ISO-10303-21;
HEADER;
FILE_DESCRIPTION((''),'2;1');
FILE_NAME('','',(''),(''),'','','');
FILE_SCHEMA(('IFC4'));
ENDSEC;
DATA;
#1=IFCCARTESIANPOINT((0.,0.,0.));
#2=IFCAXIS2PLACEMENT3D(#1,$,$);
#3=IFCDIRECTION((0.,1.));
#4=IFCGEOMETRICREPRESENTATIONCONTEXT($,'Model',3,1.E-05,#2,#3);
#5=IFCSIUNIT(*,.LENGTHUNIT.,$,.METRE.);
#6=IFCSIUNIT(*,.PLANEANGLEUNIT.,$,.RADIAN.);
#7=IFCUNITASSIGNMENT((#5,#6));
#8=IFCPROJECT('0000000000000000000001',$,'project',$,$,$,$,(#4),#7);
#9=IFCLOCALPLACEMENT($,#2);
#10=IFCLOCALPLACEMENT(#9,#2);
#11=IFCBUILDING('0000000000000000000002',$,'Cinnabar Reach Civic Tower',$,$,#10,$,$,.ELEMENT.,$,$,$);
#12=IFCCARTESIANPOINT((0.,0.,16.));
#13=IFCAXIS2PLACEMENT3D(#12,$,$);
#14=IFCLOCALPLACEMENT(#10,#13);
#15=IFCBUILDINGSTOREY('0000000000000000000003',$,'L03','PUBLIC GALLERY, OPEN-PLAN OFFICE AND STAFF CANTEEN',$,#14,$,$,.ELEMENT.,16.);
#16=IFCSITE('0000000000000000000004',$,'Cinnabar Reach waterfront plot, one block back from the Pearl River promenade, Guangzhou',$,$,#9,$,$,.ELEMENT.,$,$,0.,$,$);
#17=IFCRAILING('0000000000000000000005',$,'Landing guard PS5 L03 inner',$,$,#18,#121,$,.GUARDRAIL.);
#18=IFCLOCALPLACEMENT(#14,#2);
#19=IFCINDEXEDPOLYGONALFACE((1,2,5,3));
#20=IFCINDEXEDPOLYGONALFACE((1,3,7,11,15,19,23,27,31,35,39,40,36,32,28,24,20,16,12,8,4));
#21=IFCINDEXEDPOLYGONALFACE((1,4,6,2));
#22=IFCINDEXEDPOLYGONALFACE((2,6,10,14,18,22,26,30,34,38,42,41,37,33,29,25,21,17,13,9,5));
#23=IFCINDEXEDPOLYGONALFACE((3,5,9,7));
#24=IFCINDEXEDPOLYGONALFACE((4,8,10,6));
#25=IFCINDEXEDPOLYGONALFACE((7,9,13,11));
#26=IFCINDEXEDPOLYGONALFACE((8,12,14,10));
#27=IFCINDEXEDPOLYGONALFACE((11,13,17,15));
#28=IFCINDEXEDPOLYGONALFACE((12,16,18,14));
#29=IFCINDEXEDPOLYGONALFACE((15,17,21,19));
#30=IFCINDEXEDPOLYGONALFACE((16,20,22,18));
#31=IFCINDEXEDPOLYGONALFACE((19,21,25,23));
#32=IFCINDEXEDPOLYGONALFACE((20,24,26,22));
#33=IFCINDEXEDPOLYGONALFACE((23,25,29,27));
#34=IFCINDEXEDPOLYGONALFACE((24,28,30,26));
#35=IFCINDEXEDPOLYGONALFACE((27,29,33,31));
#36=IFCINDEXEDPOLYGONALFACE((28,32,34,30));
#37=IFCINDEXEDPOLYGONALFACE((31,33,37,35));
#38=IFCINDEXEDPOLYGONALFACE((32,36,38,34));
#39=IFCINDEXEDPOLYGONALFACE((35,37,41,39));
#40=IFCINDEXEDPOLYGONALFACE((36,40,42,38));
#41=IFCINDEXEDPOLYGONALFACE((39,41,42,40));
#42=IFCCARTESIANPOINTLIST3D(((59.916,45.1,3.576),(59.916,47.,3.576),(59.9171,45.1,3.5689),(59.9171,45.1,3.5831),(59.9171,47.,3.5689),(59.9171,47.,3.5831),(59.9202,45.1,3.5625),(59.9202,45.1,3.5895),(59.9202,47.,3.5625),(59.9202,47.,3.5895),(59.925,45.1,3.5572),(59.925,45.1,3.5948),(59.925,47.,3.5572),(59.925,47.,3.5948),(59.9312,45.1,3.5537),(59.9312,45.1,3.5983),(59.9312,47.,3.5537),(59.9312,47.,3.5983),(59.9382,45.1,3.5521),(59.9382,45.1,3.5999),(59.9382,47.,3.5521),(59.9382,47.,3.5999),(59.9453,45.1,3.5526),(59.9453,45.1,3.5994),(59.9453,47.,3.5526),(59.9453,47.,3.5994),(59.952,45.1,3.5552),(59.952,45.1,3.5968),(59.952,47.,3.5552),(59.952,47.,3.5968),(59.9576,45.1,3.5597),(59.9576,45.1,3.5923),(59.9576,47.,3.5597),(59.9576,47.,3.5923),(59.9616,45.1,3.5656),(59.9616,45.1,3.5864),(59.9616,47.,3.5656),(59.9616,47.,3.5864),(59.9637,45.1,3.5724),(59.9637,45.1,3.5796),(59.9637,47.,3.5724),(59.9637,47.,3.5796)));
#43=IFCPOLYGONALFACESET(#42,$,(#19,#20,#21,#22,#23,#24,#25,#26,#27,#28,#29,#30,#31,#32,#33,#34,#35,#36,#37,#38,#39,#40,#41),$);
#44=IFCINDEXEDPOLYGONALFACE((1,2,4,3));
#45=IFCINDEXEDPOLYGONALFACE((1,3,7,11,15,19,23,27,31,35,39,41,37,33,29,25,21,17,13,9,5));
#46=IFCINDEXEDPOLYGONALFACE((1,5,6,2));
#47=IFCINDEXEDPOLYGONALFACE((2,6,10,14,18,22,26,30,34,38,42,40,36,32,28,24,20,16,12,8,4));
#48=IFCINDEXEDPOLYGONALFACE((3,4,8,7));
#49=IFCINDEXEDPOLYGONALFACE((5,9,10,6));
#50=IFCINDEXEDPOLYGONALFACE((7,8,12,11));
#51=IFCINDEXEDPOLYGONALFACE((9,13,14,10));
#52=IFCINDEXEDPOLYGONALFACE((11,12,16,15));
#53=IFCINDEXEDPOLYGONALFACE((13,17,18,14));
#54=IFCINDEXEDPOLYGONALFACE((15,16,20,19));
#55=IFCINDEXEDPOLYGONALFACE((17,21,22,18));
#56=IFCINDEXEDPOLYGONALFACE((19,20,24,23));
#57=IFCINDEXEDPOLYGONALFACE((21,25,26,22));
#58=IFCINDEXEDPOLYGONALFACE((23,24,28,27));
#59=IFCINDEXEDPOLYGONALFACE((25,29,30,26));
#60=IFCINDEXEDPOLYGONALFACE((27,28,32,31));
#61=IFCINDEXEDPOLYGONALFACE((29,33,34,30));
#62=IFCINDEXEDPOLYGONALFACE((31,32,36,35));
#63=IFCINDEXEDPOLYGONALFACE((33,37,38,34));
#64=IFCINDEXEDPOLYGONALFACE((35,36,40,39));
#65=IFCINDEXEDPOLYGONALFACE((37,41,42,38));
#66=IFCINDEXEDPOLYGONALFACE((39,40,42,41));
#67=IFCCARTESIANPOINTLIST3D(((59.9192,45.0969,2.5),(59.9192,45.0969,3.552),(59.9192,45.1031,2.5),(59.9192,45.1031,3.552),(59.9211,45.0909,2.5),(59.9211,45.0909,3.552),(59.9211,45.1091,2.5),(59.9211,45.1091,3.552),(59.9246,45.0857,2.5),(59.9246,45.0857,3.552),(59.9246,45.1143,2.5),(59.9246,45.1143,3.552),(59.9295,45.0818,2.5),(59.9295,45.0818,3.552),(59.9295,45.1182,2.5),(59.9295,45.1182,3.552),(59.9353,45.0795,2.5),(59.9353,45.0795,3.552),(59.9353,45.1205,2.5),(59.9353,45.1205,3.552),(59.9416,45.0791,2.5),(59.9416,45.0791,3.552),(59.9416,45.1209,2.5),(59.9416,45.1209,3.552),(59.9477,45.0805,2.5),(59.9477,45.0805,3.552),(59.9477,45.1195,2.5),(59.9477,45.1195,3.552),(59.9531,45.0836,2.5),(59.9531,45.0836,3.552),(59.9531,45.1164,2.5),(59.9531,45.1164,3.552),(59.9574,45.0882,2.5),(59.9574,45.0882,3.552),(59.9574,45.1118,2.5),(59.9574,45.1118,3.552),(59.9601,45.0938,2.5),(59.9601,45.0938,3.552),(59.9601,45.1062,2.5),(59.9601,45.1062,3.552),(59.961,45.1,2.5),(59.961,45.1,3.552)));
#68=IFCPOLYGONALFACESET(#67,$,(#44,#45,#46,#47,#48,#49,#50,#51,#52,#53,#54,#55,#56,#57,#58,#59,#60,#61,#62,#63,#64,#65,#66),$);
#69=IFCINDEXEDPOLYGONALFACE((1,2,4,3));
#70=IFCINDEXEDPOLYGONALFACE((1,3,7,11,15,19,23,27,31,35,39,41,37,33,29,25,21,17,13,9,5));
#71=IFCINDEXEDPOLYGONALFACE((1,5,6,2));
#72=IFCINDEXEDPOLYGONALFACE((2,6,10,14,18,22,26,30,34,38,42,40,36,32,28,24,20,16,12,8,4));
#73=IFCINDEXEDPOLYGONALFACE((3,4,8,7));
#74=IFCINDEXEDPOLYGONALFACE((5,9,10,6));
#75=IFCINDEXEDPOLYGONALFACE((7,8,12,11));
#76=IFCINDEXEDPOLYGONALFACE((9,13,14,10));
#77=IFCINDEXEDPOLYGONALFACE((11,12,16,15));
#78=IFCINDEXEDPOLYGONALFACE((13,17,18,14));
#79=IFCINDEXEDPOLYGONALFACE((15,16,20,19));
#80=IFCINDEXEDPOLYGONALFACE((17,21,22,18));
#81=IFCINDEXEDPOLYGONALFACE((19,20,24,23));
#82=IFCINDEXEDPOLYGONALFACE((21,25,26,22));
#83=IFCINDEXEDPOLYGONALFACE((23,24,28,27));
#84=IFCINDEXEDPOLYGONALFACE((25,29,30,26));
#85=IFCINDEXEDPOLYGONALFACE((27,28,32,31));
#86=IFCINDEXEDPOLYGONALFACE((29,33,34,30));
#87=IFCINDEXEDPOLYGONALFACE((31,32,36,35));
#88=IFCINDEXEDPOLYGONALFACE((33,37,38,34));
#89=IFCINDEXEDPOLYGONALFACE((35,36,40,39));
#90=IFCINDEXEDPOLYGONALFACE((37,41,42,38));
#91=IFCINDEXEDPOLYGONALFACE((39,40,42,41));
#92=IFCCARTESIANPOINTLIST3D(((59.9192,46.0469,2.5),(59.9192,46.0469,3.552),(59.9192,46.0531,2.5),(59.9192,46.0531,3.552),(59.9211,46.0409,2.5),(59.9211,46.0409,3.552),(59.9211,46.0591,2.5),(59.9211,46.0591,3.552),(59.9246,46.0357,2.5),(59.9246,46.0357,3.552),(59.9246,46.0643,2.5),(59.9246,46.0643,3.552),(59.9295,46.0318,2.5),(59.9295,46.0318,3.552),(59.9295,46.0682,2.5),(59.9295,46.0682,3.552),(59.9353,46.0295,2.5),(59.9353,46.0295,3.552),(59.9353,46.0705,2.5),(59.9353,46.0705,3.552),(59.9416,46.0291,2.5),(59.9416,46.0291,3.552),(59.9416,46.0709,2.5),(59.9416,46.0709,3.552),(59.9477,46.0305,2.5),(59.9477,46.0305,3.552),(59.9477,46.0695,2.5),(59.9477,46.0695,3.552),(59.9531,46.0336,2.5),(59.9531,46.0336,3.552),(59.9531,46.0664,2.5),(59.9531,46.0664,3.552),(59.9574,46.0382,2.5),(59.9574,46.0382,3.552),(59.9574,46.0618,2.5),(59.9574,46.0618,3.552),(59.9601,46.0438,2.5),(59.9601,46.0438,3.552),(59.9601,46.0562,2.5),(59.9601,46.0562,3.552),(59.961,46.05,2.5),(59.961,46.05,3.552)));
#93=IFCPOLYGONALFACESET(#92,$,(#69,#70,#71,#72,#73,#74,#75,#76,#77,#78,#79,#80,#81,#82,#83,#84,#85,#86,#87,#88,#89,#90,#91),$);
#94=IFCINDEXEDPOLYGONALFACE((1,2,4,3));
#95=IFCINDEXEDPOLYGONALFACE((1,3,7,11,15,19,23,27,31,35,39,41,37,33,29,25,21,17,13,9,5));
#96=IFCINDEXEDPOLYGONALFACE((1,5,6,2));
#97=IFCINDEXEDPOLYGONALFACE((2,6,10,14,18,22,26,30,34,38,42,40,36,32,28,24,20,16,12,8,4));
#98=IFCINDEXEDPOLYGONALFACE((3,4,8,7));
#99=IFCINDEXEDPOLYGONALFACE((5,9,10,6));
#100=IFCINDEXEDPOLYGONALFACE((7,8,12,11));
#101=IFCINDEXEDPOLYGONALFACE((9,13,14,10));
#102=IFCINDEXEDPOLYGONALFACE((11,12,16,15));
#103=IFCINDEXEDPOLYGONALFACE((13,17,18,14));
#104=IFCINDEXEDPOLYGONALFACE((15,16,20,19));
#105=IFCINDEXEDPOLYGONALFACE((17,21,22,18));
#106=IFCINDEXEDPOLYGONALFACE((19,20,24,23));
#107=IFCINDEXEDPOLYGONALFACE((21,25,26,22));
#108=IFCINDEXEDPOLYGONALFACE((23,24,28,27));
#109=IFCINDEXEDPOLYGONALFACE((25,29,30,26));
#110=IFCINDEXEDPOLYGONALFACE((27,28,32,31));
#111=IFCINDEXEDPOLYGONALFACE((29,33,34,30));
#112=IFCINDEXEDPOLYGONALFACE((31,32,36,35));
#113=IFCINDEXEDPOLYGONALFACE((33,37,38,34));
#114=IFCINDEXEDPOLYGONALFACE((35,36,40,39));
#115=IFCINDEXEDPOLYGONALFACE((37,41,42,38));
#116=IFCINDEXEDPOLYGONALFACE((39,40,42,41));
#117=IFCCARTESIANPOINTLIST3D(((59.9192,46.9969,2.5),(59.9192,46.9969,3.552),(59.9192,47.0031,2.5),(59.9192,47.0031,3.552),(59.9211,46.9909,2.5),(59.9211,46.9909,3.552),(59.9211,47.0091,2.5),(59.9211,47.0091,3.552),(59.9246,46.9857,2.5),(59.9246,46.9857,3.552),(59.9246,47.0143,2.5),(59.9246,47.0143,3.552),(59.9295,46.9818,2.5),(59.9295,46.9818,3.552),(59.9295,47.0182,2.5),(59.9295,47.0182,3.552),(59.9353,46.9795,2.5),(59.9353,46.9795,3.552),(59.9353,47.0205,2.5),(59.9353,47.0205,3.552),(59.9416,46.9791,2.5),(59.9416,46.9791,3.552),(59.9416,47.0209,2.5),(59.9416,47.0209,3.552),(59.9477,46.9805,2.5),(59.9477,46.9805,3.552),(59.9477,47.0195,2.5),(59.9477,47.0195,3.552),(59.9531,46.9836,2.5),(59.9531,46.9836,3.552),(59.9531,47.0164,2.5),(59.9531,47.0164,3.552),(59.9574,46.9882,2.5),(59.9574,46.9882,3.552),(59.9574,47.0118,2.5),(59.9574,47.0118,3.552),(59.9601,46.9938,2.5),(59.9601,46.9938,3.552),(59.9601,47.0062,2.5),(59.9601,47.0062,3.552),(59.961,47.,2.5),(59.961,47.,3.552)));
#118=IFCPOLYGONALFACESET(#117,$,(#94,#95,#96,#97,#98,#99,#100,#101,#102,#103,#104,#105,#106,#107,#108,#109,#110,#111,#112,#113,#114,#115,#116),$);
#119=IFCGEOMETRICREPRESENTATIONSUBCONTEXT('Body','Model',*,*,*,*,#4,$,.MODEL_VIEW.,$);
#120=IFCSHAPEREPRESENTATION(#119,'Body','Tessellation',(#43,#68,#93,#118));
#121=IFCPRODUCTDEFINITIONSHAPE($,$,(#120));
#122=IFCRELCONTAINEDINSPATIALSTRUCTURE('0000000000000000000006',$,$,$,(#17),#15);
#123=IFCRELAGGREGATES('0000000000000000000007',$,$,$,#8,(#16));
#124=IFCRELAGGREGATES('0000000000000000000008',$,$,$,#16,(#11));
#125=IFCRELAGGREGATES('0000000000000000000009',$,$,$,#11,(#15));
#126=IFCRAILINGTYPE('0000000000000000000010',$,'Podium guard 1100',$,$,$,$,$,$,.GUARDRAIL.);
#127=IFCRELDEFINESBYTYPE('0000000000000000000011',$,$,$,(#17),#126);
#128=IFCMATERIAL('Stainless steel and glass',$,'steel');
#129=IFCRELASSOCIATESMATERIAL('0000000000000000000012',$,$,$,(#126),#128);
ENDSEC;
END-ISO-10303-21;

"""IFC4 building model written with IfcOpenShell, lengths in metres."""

from ifc_helpers import new_model, si_unit, direction, frame, origin, origin_2d, place, context, subcontext, project, spatial, circle, extrude, material, type_object, element, save


model = new_model("IFC4")

# Units and contexts
model_context = context("Model", 3, precision=1e-05, world=origin(), true_north=direction((0.0, 1.0)))
body_context = subcontext(model_context, "Body", "Model", "MODEL_VIEW")
ifc_project = project(units=[si_unit("LENGTHUNIT", "METRE"), si_unit("PLANEANGLEUNIT", "RADIAN")], contexts=[model_context])

# Site, building, storey
site_placement = place(None, origin())
site = spatial("IfcSite", under=ifc_project, at=site_placement, Name="Cinnabar Reach waterfront plot, one block back from the Pearl River promenade, Guangzhou", CompositionType="ELEMENT", RefElevation=0.0)
building_placement = place(site_placement, origin())
building = spatial("IfcBuilding", under=site, at=building_placement, Name="Cinnabar Reach Civic Tower", CompositionType="ELEMENT")
storey_placement = place(building_placement, frame((0.0, 0.0, 16.0)))
storey = spatial("IfcBuildingStorey", under=building, at=storey_placement, Name="L03", Description="PUBLIC GALLERY, OPEN-PLAN OFFICE AND STAFF CANTEEN", CompositionType="ELEMENT", Elevation=16.0)

# Railing
ifc_material_1 = material(Name="Stainless steel and glass", Category="steel")
railing_type_1 = type_object("IfcRailingType", Name="Podium guard 1100", PredefinedType="GUARDRAIL", material=ifc_material_1)
railing_1_placement = place(storey_placement, frame((59.94, 45.1, 2.5)))
element("IfcRailing", 1, at=railing_1_placement, inside=storey, type_object=railing_type_1, Name="Landing guard PS5 L03 inner", PredefinedType="GUARDRAIL", context=body_context, shape_type="SweptSolid", body=[
    extrude(circle(Radius=0.024, at=origin_2d()), frame((0.0, 0.0, 1.076), z_axis=(0.0, 1.0, 0.0), x_axis=(-1.0, 0.0, 0.0)), (0.0, 0.0, 1.0), 1.9),
    extrude(circle(Radius=0.021, at=origin_2d()), origin(), (0.0, 0.0, 1.0), 1.052),
    extrude(circle(Radius=0.021, at=origin_2d()), frame((0.0, 0.95, 0.0)), (0.0, 0.0, 1.0), 1.052),
    extrude(circle(Radius=0.021, at=origin_2d()), frame((0.0, 1.9, 0.0)), (0.0, 0.0, 1.0), 1.052),
])

save(model, "model.ifc")
